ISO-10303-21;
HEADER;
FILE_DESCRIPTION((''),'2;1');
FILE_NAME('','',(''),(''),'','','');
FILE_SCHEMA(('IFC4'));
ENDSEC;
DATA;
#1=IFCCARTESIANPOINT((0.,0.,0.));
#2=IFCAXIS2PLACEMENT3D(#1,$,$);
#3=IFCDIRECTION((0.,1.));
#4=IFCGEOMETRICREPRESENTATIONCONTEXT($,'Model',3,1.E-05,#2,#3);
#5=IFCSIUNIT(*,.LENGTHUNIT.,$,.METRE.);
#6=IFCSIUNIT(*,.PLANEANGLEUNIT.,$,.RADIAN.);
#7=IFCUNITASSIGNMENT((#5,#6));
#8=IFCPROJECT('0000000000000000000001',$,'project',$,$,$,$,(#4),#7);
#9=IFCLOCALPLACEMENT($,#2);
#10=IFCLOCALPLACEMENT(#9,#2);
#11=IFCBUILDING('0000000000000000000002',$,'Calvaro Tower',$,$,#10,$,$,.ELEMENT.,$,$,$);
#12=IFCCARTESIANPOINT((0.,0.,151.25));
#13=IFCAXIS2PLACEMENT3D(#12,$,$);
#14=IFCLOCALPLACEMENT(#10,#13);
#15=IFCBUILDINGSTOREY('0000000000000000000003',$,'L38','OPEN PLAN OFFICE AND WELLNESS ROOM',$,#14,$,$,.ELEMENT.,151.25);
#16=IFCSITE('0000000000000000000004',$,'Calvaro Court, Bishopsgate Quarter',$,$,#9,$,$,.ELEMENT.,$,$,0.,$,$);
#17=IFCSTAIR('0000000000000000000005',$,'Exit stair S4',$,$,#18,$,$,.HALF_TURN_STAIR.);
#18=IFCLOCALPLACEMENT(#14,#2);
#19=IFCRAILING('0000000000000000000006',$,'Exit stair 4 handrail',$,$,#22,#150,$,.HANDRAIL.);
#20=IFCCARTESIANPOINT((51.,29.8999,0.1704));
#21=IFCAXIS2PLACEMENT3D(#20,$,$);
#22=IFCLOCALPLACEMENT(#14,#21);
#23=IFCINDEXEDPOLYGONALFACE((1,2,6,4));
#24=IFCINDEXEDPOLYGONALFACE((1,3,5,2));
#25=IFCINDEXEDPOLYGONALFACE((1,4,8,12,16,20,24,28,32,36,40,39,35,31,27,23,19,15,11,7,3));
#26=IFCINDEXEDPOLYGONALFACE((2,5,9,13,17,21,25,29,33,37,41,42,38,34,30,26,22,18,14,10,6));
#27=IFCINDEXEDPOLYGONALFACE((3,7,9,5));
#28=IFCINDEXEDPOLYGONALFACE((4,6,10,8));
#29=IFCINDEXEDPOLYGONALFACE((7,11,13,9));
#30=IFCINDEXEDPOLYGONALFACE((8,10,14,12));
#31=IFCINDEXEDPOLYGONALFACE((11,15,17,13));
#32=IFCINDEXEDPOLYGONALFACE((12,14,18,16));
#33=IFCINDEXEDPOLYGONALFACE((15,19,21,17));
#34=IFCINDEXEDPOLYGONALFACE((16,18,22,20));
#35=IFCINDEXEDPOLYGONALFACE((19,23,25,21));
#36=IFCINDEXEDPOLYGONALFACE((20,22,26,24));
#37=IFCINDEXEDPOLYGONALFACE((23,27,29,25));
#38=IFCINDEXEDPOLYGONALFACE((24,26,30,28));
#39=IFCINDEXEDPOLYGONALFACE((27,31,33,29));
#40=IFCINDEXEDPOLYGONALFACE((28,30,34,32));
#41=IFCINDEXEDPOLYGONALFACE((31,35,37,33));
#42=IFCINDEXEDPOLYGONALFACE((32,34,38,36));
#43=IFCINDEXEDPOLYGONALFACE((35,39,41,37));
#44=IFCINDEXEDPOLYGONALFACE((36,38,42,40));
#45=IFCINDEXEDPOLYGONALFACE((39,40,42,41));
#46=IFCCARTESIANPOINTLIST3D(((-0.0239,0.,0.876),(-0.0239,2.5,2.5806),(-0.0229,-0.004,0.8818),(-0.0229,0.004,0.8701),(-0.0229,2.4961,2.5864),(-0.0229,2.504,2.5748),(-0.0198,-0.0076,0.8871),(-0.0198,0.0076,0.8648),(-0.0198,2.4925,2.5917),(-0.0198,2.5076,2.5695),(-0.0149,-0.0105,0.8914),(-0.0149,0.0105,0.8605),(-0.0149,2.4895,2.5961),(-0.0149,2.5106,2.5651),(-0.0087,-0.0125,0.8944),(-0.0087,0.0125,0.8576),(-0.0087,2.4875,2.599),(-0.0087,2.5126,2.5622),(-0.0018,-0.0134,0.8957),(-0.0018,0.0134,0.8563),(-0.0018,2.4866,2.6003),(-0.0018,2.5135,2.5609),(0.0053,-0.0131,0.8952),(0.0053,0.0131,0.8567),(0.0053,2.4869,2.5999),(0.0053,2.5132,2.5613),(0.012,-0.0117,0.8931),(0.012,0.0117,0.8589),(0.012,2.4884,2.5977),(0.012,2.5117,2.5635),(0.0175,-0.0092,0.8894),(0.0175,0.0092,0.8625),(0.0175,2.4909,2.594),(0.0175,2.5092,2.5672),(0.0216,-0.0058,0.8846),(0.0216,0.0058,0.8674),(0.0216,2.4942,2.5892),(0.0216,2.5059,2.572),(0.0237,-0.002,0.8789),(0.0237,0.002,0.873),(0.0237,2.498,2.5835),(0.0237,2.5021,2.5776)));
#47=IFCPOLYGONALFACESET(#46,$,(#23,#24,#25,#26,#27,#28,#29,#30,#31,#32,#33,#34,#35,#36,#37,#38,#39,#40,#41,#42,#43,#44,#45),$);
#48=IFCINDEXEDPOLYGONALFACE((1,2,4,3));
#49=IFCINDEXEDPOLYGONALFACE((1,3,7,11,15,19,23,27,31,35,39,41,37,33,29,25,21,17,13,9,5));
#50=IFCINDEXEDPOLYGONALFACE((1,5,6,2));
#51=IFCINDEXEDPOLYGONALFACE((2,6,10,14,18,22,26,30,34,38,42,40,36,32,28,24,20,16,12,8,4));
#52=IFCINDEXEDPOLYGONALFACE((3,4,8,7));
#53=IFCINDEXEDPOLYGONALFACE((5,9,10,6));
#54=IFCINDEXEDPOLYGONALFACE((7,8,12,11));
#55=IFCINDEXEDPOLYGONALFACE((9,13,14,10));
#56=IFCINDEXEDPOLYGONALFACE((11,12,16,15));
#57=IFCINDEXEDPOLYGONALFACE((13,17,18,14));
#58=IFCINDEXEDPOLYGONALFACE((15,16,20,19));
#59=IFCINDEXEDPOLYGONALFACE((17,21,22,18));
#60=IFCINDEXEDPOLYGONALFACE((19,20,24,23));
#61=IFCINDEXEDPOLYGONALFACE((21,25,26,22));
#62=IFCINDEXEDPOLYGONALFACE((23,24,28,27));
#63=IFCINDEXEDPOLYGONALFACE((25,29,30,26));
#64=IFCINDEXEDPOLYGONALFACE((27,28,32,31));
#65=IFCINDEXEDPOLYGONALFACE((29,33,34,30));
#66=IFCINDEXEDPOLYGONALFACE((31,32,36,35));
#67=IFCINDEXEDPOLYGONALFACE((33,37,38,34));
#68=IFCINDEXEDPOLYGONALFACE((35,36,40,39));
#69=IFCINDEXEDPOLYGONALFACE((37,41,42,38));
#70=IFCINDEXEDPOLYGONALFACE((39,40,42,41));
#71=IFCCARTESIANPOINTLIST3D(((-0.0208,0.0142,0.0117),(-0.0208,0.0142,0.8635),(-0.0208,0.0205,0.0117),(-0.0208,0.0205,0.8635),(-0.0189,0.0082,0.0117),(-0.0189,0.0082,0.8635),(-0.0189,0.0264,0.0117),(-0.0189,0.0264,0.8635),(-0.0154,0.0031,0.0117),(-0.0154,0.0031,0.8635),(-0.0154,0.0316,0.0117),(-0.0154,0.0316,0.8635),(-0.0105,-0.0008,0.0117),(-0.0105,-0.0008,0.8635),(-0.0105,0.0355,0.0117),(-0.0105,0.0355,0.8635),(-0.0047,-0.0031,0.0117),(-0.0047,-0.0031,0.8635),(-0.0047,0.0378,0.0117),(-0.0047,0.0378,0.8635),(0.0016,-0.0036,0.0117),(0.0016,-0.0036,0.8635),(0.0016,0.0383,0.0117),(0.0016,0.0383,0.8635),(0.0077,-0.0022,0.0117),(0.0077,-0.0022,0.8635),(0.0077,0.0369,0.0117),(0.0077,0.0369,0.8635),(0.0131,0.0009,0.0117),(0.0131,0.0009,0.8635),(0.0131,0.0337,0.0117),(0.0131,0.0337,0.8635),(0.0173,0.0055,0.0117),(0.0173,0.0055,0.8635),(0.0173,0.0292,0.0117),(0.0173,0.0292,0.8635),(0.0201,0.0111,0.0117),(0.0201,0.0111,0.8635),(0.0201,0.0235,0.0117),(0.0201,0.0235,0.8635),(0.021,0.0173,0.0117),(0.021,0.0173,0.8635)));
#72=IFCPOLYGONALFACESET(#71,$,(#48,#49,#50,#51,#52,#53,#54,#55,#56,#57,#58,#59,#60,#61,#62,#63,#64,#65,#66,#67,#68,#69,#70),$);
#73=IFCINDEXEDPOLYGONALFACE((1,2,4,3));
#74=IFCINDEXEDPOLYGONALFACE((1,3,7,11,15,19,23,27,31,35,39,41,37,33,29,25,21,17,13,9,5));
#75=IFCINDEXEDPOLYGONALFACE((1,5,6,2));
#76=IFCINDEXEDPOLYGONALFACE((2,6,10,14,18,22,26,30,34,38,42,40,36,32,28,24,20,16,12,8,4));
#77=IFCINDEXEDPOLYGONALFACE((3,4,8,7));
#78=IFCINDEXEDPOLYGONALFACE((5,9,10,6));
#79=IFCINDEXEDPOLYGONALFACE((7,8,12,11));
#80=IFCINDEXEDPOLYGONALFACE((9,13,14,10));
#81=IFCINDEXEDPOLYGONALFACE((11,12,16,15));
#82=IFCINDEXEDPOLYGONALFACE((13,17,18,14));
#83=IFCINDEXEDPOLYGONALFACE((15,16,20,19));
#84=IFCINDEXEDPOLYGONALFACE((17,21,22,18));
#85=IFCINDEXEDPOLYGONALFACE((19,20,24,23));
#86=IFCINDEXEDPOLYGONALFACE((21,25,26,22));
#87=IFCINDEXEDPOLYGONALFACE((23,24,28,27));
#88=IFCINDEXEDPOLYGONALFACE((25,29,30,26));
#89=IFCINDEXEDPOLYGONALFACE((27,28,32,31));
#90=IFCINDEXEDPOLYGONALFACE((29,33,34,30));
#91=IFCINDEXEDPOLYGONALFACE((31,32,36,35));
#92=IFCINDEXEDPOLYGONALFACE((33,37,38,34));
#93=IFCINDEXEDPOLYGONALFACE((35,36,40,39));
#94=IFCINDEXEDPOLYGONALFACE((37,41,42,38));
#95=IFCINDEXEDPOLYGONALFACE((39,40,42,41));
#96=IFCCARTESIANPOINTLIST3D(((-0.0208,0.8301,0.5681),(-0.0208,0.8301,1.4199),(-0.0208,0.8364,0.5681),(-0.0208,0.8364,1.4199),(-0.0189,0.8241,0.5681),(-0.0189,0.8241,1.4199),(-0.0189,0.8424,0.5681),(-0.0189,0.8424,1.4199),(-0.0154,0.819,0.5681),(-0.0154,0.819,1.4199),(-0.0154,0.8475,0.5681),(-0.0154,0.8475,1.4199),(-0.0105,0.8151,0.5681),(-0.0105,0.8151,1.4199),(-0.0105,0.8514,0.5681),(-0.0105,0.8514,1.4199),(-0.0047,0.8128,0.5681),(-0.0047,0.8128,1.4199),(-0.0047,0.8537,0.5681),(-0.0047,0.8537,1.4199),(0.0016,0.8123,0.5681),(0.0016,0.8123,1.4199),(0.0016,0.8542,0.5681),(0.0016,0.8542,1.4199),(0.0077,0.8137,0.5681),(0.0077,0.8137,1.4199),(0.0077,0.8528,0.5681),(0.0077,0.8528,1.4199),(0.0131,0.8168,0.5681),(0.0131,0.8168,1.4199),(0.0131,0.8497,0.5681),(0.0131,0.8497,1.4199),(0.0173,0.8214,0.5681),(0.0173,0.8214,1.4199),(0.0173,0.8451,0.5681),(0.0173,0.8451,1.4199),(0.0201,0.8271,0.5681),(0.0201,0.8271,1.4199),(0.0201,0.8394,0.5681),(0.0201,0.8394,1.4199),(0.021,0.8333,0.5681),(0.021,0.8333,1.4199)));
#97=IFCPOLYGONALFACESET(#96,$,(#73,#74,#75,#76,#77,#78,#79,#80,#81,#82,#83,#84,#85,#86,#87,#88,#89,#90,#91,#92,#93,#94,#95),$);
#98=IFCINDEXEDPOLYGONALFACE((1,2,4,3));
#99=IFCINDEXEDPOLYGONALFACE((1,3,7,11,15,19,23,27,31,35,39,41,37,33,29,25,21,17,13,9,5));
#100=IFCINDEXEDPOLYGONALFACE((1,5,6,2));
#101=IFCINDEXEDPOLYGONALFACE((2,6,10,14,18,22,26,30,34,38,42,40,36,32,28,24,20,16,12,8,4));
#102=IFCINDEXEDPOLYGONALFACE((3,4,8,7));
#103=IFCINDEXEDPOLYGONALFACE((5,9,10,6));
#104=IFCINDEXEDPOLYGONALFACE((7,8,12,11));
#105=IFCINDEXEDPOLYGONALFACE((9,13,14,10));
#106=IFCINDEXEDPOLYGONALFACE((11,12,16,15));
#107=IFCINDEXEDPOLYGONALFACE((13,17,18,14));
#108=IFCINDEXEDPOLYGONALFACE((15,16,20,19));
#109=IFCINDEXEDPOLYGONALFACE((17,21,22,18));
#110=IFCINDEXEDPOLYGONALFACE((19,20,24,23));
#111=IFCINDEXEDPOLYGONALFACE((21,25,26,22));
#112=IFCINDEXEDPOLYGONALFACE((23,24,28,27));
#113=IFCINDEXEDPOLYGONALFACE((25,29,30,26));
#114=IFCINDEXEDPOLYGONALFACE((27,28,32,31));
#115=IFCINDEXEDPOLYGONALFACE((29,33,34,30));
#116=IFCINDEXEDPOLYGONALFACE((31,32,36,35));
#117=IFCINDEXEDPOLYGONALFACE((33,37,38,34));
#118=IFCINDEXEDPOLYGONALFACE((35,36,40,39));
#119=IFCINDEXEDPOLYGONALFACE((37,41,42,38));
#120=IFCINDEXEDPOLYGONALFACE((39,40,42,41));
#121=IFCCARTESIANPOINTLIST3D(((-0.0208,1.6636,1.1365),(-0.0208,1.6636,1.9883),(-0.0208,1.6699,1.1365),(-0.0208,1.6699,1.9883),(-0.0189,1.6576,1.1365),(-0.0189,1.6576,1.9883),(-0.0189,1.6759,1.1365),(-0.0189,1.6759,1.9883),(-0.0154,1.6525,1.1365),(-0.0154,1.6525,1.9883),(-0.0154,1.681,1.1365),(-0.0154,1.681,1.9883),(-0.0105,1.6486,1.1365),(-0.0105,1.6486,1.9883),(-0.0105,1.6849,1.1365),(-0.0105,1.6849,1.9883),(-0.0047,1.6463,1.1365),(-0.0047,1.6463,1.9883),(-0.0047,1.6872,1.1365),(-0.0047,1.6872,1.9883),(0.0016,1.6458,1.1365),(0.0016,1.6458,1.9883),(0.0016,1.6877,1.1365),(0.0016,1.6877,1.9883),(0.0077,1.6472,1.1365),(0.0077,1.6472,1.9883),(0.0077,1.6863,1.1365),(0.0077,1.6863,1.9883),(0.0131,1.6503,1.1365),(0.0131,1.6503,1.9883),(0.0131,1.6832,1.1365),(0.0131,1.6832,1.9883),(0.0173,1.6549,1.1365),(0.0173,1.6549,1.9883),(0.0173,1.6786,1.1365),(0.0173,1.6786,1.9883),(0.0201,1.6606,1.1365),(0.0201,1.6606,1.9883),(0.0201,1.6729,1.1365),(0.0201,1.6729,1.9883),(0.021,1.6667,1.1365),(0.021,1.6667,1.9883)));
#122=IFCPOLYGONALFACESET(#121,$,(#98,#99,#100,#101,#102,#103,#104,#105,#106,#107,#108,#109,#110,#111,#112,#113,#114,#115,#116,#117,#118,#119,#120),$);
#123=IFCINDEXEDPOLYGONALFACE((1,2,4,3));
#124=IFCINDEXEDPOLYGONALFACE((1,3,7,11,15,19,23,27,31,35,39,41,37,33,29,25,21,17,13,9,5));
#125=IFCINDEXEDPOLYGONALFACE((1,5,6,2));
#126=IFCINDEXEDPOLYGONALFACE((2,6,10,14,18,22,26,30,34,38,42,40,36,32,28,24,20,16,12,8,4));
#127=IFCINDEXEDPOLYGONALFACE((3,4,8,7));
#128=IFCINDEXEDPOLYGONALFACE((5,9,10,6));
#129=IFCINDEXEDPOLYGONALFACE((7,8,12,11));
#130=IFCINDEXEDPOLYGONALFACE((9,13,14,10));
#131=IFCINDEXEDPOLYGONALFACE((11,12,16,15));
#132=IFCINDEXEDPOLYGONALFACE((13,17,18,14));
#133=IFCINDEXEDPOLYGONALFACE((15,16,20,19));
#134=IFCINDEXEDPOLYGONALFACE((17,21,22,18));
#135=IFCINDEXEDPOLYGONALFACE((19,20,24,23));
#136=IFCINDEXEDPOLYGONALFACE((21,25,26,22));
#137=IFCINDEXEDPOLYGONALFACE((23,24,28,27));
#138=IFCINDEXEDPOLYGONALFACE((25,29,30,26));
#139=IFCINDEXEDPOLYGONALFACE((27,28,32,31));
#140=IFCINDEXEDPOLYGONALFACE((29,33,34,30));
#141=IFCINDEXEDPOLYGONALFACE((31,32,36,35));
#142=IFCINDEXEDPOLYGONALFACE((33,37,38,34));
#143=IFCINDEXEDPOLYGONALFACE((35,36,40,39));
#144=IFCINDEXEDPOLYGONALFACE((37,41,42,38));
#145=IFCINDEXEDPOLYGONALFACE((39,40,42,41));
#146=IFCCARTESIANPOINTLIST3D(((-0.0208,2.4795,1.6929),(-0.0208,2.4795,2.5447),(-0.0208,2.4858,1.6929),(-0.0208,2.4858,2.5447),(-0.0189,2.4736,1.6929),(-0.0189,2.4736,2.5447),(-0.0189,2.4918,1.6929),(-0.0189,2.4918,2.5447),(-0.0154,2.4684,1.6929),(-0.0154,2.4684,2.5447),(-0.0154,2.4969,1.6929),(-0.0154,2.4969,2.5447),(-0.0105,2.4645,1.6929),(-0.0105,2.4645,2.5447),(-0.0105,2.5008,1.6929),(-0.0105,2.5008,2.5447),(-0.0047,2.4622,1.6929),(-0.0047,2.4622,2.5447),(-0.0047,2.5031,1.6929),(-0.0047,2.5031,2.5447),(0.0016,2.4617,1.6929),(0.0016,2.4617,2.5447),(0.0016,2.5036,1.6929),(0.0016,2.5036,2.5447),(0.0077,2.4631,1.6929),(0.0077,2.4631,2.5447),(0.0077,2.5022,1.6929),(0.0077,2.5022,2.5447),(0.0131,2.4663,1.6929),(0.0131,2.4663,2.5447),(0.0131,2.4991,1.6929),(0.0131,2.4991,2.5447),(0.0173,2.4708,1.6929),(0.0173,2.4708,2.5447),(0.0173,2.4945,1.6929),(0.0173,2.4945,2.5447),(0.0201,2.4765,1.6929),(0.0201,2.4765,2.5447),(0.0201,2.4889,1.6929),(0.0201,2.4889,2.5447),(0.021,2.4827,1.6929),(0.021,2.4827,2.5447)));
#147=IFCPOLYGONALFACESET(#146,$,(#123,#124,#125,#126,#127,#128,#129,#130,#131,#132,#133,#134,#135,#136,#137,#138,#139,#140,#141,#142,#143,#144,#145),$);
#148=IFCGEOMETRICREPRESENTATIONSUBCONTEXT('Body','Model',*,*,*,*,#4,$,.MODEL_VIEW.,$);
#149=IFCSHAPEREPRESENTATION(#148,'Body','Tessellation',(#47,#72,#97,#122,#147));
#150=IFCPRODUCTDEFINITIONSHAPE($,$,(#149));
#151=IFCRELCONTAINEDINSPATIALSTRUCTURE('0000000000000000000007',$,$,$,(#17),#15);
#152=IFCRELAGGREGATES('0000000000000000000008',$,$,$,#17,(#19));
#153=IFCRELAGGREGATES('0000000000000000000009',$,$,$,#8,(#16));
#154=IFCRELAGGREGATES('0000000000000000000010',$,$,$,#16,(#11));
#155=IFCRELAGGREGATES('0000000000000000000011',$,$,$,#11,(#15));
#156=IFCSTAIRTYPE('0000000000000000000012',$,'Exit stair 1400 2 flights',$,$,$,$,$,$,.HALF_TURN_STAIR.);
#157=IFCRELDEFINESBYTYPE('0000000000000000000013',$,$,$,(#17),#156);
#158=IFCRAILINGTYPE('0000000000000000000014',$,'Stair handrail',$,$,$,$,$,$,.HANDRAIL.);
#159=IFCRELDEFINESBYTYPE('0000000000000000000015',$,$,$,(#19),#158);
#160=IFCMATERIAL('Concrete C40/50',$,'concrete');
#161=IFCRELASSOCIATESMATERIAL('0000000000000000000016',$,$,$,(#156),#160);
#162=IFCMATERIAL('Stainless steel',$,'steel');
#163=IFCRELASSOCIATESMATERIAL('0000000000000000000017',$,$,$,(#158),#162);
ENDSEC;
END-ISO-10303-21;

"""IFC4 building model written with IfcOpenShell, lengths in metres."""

from ifc_helpers import new_model, si_unit, direction, frame, origin, origin_2d, place, context, subcontext, project, spatial, circle, extrude, material, type_object, element, aggregate, save


model = new_model("IFC4")

# Units and contexts
model_context = context("Model", 3, precision=1e-05, world=origin(), true_north=direction((0.0, 1.0)))
body_context = subcontext(model_context, "Body", "Model", "MODEL_VIEW")
ifc_project = project(units=[si_unit("LENGTHUNIT", "METRE"), si_unit("PLANEANGLEUNIT", "RADIAN")], contexts=[model_context])

# Site, building, storey
site_placement = place(None, origin())
site = spatial("IfcSite", under=ifc_project, at=site_placement, Name="Calvaro Court, Bishopsgate Quarter", CompositionType="ELEMENT", RefElevation=0.0)
building_placement = place(site_placement, origin())
building = spatial("IfcBuilding", under=site, at=building_placement, Name="Calvaro Tower", CompositionType="ELEMENT")
storey_placement = place(building_placement, frame((0.0, 0.0, 151.25)))
storey = spatial("IfcBuildingStorey", under=building, at=storey_placement, Name="L38", Description="OPEN PLAN OFFICE AND WELLNESS ROOM", CompositionType="ELEMENT", Elevation=151.25)

# Stair
ifc_material_1 = material(Name="Concrete C40/50", Category="concrete")
stair_type = type_object("IfcStairType", Name="Exit stair 1400 2 flights", PredefinedType="HALF_TURN_STAIR", material=ifc_material_1)
stair_1_placement = place(storey_placement, origin())
stair_1 = element("IfcStair", 1, at=stair_1_placement, inside=storey, type_object=stair_type, Name="Exit stair S4", PredefinedType="HALF_TURN_STAIR")

# Railing
ifc_material_2 = material(Name="Stainless steel", Category="steel")
railing_type = type_object("IfcRailingType", Name="Stair handrail", PredefinedType="HANDRAIL", material=ifc_material_2)
railing_1_placement = place(storey_placement, frame((51.0, 29.8999, 0.1704)))
railing_1 = element("IfcRailing", 2, at=railing_1_placement, type_object=railing_type, Name="Exit stair 4 handrail", PredefinedType="HANDRAIL", context=body_context, shape_type="SweptSolid", body=[
    extrude(circle(Radius=0.0239, at=origin_2d()), frame((0.0, 0.0, 0.876), z_axis=(0.0, 0.826221, 0.563347), x_axis=(-1.0, 0.0, 0.0)), (0.0, 0.0, 1.0), 3.0259),
    extrude(circle(Radius=0.021, at=origin_2d()), frame((0.0, 0.0173, 0.0117)), (0.0, 0.0, 1.0), 0.8518),
    extrude(circle(Radius=0.021, at=origin_2d()), frame((0.0, 0.8333, 0.5681)), (0.0, 0.0, 1.0), 0.8518),
    extrude(circle(Radius=0.021, at=origin_2d()), frame((0.0, 1.6667, 1.1365)), (0.0, 0.0, 1.0), 0.8518),
    extrude(circle(Radius=0.021, at=origin_2d()), frame((0.0, 2.4827, 1.6929)), (0.0, 0.0, 1.0), 0.8518),
])
aggregate(stair_1, [railing_1])

save(model, "model.ifc")
